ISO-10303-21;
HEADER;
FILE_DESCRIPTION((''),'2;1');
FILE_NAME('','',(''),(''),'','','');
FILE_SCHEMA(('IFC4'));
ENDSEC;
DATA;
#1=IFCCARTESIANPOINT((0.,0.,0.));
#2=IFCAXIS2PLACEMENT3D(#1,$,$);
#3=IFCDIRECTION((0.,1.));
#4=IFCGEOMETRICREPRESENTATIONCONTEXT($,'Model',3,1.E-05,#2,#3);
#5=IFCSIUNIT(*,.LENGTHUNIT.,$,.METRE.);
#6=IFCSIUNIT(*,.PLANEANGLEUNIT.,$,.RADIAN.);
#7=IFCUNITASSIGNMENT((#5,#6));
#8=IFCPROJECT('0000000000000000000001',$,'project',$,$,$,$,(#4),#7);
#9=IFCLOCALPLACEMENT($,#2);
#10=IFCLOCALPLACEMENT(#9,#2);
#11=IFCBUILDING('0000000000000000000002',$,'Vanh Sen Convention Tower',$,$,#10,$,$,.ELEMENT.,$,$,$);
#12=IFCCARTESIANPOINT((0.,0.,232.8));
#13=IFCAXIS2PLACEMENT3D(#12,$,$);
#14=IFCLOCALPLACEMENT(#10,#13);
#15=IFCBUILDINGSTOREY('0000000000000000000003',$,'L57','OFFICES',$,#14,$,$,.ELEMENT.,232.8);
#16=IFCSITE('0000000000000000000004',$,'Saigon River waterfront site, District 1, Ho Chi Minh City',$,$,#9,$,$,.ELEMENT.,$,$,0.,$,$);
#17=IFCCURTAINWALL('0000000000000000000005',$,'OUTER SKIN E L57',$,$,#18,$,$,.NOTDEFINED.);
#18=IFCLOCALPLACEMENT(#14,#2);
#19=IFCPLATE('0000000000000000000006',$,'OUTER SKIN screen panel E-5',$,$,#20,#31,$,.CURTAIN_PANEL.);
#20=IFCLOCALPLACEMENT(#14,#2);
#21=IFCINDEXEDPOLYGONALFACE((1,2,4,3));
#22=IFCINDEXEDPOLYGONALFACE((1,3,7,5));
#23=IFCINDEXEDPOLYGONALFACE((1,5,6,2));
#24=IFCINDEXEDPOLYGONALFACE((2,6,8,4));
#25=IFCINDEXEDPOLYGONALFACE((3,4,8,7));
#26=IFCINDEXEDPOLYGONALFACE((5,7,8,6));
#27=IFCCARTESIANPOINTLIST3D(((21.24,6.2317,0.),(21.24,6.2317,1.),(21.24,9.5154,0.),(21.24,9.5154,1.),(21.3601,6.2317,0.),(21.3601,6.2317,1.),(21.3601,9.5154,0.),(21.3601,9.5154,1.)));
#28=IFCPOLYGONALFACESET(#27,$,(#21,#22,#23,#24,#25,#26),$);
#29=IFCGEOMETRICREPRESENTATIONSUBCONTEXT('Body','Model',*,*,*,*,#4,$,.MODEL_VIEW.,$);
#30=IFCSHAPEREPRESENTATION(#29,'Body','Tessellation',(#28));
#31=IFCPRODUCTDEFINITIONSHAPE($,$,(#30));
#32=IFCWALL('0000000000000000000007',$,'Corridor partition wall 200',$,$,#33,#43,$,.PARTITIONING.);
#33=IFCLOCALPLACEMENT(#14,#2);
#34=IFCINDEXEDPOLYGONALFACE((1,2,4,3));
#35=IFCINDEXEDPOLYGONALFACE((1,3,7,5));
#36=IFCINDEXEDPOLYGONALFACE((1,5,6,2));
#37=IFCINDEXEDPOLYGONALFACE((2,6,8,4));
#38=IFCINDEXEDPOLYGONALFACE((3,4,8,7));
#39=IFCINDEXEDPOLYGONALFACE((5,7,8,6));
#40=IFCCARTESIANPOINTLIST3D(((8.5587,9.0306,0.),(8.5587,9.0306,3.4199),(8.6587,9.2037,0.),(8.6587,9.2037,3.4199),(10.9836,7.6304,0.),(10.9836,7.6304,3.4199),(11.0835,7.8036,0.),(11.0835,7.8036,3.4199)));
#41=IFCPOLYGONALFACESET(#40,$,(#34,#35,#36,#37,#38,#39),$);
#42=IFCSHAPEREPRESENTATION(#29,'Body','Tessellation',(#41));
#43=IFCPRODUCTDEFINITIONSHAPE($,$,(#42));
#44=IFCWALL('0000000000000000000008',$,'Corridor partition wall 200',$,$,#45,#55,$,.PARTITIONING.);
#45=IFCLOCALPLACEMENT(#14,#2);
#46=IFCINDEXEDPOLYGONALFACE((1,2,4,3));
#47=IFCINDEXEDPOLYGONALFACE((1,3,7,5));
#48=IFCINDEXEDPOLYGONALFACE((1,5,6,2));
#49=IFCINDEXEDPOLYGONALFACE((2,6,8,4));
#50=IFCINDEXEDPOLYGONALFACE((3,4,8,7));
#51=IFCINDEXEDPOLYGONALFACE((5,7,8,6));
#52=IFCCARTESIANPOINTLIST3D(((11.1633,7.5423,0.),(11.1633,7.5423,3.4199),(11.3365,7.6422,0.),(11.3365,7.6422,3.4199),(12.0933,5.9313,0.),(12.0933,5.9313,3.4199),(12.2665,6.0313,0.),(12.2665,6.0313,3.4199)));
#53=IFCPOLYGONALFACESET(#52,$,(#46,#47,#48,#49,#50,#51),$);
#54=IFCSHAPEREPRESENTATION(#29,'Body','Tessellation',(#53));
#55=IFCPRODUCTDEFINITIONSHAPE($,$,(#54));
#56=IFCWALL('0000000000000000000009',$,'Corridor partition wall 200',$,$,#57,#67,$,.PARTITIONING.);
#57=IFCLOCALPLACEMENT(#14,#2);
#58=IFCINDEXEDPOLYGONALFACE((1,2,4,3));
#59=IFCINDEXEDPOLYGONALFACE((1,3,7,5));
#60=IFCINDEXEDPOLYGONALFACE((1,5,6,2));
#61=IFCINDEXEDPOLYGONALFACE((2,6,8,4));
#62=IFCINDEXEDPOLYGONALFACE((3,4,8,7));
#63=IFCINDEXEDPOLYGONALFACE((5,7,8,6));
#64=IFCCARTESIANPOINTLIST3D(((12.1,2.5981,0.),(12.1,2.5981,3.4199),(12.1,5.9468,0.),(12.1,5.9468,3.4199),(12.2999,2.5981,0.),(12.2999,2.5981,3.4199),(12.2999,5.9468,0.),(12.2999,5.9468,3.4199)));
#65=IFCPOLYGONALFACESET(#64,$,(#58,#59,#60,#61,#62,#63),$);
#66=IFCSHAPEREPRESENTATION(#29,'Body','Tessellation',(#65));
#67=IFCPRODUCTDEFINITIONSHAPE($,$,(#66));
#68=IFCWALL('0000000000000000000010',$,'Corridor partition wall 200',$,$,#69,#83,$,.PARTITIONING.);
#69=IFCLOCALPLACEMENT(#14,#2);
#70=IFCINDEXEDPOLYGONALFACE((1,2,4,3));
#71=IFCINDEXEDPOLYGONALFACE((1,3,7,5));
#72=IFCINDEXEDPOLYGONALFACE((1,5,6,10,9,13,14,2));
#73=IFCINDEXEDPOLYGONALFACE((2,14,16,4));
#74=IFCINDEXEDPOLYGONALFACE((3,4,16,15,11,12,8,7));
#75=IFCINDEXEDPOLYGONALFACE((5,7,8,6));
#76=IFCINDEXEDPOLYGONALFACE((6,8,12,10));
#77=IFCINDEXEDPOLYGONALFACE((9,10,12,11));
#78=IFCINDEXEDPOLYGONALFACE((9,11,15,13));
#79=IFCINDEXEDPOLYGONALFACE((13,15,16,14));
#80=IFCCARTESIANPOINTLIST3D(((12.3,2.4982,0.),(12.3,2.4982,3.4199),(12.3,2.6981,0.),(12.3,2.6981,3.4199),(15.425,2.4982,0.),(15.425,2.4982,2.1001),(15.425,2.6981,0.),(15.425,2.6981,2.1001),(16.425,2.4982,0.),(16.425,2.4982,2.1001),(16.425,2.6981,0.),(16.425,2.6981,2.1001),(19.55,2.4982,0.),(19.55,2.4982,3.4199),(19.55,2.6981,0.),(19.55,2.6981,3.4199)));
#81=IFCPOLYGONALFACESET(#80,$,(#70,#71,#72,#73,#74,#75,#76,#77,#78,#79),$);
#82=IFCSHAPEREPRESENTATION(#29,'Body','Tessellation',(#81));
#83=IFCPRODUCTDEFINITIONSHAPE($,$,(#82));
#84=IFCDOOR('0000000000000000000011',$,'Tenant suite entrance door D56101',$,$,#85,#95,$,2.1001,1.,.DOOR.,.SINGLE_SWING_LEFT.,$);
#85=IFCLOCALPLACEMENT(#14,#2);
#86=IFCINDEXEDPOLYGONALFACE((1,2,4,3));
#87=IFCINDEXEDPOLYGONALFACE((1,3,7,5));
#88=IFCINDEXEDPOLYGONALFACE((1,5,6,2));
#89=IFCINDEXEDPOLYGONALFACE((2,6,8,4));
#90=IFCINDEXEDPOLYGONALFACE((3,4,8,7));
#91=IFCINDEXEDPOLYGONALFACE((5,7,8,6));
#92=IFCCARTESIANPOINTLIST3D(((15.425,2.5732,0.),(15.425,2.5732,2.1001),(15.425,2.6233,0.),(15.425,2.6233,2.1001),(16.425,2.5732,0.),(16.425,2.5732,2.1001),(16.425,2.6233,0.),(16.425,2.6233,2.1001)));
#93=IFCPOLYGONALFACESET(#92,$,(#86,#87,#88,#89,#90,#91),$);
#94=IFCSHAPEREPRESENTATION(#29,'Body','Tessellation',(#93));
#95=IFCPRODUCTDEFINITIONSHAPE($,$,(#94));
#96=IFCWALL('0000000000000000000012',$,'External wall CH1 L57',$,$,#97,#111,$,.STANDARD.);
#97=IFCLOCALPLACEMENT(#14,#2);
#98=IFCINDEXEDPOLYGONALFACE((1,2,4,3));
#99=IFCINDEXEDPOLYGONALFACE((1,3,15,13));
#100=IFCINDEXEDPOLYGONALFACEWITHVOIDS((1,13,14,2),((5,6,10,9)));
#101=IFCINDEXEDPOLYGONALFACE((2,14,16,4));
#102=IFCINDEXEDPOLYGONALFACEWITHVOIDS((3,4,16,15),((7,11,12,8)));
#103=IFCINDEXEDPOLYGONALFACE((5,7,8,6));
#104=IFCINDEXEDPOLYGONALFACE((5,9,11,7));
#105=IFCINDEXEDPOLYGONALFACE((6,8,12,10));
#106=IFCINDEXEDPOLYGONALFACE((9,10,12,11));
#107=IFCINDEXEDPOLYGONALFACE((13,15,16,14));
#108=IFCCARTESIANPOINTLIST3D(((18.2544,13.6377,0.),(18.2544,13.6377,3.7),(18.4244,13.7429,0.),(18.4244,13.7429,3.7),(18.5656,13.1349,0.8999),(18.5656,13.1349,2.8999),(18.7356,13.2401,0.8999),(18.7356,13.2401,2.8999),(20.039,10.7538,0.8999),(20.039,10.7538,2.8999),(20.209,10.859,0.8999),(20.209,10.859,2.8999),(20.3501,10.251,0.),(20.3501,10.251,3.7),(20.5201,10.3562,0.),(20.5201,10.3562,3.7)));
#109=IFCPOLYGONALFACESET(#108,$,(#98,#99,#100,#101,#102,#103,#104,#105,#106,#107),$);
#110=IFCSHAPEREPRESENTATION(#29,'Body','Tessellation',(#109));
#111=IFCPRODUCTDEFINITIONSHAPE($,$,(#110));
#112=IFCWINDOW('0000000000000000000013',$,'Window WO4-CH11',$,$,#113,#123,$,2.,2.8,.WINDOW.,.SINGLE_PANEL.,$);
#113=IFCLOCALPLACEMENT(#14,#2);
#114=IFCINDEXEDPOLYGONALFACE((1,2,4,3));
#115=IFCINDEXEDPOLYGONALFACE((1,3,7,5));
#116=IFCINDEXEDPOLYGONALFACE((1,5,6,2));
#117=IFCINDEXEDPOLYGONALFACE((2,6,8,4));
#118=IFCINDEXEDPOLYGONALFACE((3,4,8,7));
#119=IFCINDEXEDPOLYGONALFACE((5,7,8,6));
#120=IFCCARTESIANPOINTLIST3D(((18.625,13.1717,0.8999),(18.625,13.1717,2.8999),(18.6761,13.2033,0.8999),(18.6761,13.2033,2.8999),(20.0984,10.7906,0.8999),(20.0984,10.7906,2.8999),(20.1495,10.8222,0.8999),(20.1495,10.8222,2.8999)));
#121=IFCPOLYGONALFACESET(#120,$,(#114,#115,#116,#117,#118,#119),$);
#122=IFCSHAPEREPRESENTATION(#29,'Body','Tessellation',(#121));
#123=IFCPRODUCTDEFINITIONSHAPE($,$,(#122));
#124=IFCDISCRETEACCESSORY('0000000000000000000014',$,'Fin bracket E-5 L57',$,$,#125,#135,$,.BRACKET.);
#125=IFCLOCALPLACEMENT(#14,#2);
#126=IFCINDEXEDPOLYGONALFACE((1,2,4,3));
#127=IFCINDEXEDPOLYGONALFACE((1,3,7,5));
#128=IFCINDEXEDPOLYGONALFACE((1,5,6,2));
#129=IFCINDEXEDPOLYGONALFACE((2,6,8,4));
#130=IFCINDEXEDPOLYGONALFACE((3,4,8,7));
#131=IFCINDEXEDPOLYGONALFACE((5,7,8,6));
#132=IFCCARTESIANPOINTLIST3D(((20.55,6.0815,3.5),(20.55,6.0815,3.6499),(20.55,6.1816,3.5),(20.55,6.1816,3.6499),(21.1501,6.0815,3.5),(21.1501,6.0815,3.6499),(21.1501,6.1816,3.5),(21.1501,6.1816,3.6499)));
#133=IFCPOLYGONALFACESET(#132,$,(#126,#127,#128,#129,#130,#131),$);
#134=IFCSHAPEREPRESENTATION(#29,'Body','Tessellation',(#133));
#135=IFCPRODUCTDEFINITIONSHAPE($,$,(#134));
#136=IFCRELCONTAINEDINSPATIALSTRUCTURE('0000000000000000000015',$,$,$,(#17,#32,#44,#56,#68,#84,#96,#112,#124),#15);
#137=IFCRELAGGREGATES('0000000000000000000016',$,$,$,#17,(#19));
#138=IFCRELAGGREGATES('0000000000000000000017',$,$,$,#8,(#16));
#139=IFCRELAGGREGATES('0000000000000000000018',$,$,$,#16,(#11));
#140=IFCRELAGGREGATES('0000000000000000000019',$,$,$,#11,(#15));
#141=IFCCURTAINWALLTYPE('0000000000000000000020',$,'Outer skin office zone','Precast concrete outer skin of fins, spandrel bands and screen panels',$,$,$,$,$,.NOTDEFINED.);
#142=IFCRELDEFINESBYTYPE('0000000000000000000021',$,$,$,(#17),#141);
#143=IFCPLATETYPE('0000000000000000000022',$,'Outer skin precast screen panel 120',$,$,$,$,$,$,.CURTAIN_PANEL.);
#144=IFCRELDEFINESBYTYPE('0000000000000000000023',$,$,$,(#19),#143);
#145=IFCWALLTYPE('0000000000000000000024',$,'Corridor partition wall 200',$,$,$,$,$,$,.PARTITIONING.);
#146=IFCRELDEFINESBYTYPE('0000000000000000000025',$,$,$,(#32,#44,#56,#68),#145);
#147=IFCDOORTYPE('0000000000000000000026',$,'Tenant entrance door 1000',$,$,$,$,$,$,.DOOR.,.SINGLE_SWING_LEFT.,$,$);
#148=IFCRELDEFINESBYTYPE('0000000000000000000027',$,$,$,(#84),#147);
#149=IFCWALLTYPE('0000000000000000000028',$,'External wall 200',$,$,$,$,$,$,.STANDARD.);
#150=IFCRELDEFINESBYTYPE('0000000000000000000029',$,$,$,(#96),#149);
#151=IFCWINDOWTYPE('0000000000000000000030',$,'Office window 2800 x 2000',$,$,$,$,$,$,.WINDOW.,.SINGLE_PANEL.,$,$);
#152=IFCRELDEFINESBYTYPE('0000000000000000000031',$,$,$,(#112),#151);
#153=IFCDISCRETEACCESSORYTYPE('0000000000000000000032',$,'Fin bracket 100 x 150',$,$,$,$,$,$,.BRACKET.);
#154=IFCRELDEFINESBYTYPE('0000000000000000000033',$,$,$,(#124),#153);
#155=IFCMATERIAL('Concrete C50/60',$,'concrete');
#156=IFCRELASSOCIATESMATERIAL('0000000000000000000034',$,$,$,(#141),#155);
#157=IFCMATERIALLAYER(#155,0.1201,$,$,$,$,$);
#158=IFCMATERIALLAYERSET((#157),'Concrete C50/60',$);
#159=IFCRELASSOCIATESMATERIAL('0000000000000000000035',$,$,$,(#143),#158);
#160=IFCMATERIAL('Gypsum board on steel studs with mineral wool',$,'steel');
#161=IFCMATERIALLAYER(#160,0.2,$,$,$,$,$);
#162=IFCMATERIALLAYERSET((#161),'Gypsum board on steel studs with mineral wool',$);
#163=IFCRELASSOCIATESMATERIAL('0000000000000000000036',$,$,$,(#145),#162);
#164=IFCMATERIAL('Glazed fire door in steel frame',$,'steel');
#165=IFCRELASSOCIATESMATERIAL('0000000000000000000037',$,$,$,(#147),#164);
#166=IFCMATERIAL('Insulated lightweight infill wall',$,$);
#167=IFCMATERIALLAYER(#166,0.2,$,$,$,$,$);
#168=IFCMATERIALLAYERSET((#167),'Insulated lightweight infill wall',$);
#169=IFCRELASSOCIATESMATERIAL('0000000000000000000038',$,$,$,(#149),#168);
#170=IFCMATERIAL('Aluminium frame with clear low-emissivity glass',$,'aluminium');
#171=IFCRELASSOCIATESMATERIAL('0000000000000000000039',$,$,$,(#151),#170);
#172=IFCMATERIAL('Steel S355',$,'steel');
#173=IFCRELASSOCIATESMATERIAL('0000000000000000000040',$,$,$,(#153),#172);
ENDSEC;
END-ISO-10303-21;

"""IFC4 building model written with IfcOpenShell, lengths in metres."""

from ifc_helpers import new_model, si_unit, direction, frame, frame_2d, origin, origin_2d, place, context, subcontext, project, spatial, rectangle, extrude, material, layer, layer_set, type_object, element, fill, aggregate, save


model = new_model("IFC4")

# Units and contexts
model_context = context("Model", 3, precision=1e-05, world=origin(), true_north=direction((0.0, 1.0)))
body_context = subcontext(model_context, "Body", "Model", "MODEL_VIEW")
ifc_project = project(units=[si_unit("LENGTHUNIT", "METRE"), si_unit("PLANEANGLEUNIT", "RADIAN")], contexts=[model_context])

# Site, building, storey
site_placement = place(None, origin())
site = spatial("IfcSite", under=ifc_project, at=site_placement, Name="Saigon River waterfront site, District 1, Ho Chi Minh City", CompositionType="ELEMENT", RefElevation=0.0)
building_placement = place(site_placement, origin())
building = spatial("IfcBuilding", under=site, at=building_placement, Name="Vanh Sen Convention Tower", CompositionType="ELEMENT")
storey_placement = place(building_placement, frame((0.0, 0.0, 232.8)))
storey = spatial("IfcBuildingStorey", under=building, at=storey_placement, Name="L57", Description="OFFICES", CompositionType="ELEMENT", Elevation=232.8)

# Curtain wall
ifc_material_1 = material(Name="Concrete C50/60", Category="concrete")
curtain_wall_type = type_object("IfcCurtainWallType", Name="Outer skin office zone", Description="Precast concrete outer skin of fins, spandrel bands and screen panels", PredefinedType="NOTDEFINED", material=ifc_material_1)
curtain_wall_1_placement = place(storey_placement, origin())
curtain_wall_1 = element("IfcCurtainWall", 1, at=curtain_wall_1_placement, inside=storey, type_object=curtain_wall_type, Name="OUTER SKIN E L57", PredefinedType="NOTDEFINED")

# Plate
ifc_layer_1 = layer(ifc_material_1, 0.1201)
ifc_layer_set_1 = layer_set([ifc_layer_1], Name="Concrete C50/60")
plate_type = type_object("IfcPlateType", Name="Outer skin precast screen panel 120", PredefinedType="CURTAIN_PANEL", material=ifc_layer_set_1)
plate_1_placement = place(storey_placement, frame((21.3, 7.8735, 0.0), z_axis=(0.0, 0.0, 1.0), x_axis=(0.0, 1.0, 0.0)))
plate_1 = element("IfcPlate", 2, at=plate_1_placement, type_object=plate_type, Name="OUTER SKIN screen panel E-5", PredefinedType="CURTAIN_PANEL", context=body_context, shape_type="SweptSolid", body=[
    extrude(rectangle(XDim=3.2837, YDim=0.1201, at=origin_2d()), origin(), (0.0, 0.0, 1.0), 1.0),
])
aggregate(curtain_wall_1, [plate_1])

# Walls
ifc_material_2 = material(Name="Gypsum board on steel studs with mineral wool", Category="steel")
ifc_layer_2 = layer(ifc_material_2, 0.2)
ifc_layer_set_2 = layer_set([ifc_layer_2], Name="Gypsum board on steel studs with mineral wool")
wall_type_1 = type_object("IfcWallType", Name="Corridor partition wall 200", PredefinedType="PARTITIONING", material=ifc_layer_set_2)
wall_1_placement = place(storey_placement, frame((11.0334, 7.717, 0.0), z_axis=(0.0, 0.0, 1.0), x_axis=(-0.865997, 0.50005, 0.0)))
element("IfcWall", 3, at=wall_1_placement, inside=storey, type_object=wall_type_1, Name="Corridor partition wall 200", PredefinedType="PARTITIONING", context=body_context, shape_type="SweptSolid", body=[
    extrude(rectangle(XDim=2.8, YDim=0.2, at=frame_2d((1.3999, 0.0))), origin(), (0.0, 0.0, 1.0), 3.4199),
])
wall_2_placement = place(storey_placement, frame((12.1799, 5.9812, 0.0), z_axis=(0.0, 0.0, 1.0), x_axis=(-0.499965, 0.866046, 0.0)))
element("IfcWall", 4, at=wall_2_placement, inside=storey, type_object=wall_type_1, Name="Corridor partition wall 200", PredefinedType="PARTITIONING", context=body_context, shape_type="SweptSolid", body=[
    extrude(rectangle(XDim=1.8601, YDim=0.2, at=frame_2d((0.9302, 0.0))), origin(), (0.0, 0.0, 1.0), 3.4199),
])
wall_3_placement = place(storey_placement, frame((12.2, 2.5981, 0.0), z_axis=(0.0, 0.0, 1.0), x_axis=(0.0, 1.0, 0.0)))
element("IfcWall", 5, at=wall_3_placement, inside=storey, type_object=wall_type_1, Name="Corridor partition wall 200", PredefinedType="PARTITIONING", context=body_context, shape_type="SweptSolid", body=[
    extrude(rectangle(XDim=3.3486, YDim=0.2, at=frame_2d((1.6743, 0.0))), origin(), (0.0, 0.0, 1.0), 3.4199),
])

# Wall, opening, door
wall_4_placement = place(storey_placement, frame((19.55, 2.5981, 0.0), z_axis=(0.0, 0.0, 1.0), x_axis=(-1.0, 0.0, 0.0)))
wall_4 = element("IfcWall", 6, at=wall_4_placement, inside=storey, type_object=wall_type_1, Name="Corridor partition wall 200", PredefinedType="PARTITIONING", context=body_context, shape_type="SweptSolid", body=[
    extrude(rectangle(XDim=7.25, YDim=0.2, at=frame_2d((3.625, 0.0))), origin(), (0.0, 0.0, 1.0), 3.4199),
])
opening_1_placement = place(wall_4_placement, frame((3.125, 0.0, 0.0)))
opening_1 = element("IfcOpeningElement", 7, at=opening_1_placement, cuts=wall_4, PredefinedType="OPENING", context=body_context, shape_type="SweptSolid", body=[
    extrude(rectangle(XDim=1.0, YDim=2.1001, at=frame_2d((0.5, 1.05))), frame((0.0, 0.1099, 0.0), z_axis=(0.0, -1.0, 0.0), x_axis=(1.0, 0.0, 0.0)), (0.0, 0.0, 1.0), 0.22),
])
ifc_material_3 = material(Name="Glazed fire door in steel frame", Category="steel")
door_type = type_object("IfcDoorType", Name="Tenant entrance door 1000", OperationType="SINGLE_SWING_LEFT", PredefinedType="DOOR", material=ifc_material_3)
door_placement = place(opening_1_placement, origin())
door = element("IfcDoor", 8, at=door_placement, inside=storey, type_object=door_type, Name="Tenant suite entrance door D56101", OperationType="SINGLE_SWING_LEFT", OverallHeight=2.1001, OverallWidth=1.0, PredefinedType="DOOR", context=body_context, shape_type="SweptSolid", body=[
    extrude(rectangle(XDim=1.0, YDim=2.1001, at=frame_2d((0.5, 1.05))), frame((0.0, 0.0249, 0.0), z_axis=(0.0, -1.0, 0.0), x_axis=(1.0, 0.0, 0.0)), (0.0, 0.0, 1.0), 0.05),
])
fill(opening_1, door)

# Wall, opening, window
ifc_material_4 = material(Name="Insulated lightweight infill wall")
ifc_layer_3 = layer(ifc_material_4, 0.2)
ifc_layer_set_3 = layer_set([ifc_layer_3], Name="Insulated lightweight infill wall")
wall_type_2 = type_object("IfcWallType", Name="External wall 200", PredefinedType="STANDARD", material=ifc_layer_set_3)
wall_5_placement = place(storey_placement, frame((20.4351, 10.3037, 0.0), z_axis=(0.0, 0.0, 1.0), x_axis=(-0.526203, 0.850359, 0.0)))
wall_5 = element("IfcWall", 9, at=wall_5_placement, inside=storey, type_object=wall_type_2, Name="External wall CH1 L57", PredefinedType="STANDARD", context=body_context, shape_type="SweptSolid", body=[
    extrude(rectangle(XDim=3.9827, YDim=0.2, at=frame_2d((1.9912, 0.0))), origin(), (0.0, 0.0, 1.0), 3.7),
])
opening_2_placement = place(wall_5_placement, frame((0.5913, 0.0, 0.8999)))
opening_2 = element("IfcOpeningElement", 10, at=opening_2_placement, cuts=wall_5, PredefinedType="OPENING", context=body_context, shape_type="SweptSolid", body=[
    extrude(rectangle(XDim=2.8, YDim=2.0, at=frame_2d((1.3999, 1.0))), frame((0.0, 0.1099, 0.0), z_axis=(0.0, -1.0, 0.0), x_axis=(1.0, 0.0, 0.0)), (0.0, 0.0, 1.0), 0.22),
])
ifc_material_5 = material(Name="Aluminium frame with clear low-emissivity glass", Category="aluminium")
window_type = type_object("IfcWindowType", Name="Office window 2800 x 2000", PartitioningType="SINGLE_PANEL", PredefinedType="WINDOW", material=ifc_material_5)
window_placement = place(opening_2_placement, origin())
window = element("IfcWindow", 11, at=window_placement, inside=storey, type_object=window_type, Name="Window WO4-CH11", OverallHeight=2.0, OverallWidth=2.8, PartitioningType="SINGLE_PANEL", PredefinedType="WINDOW", context=body_context, shape_type="SweptSolid", body=[
    extrude(rectangle(XDim=2.8, YDim=2.0, at=frame_2d((1.3999, 1.0))), frame((0.0, 0.03, 0.0), z_axis=(0.0, -1.0, 0.0), x_axis=(1.0, 0.0, 0.0)), (0.0, 0.0, 1.0), 0.0601),
])
fill(opening_2, window)

# Discrete accessory
ifc_material_6 = material(Name="Steel S355", Category="steel")
discrete_accessory_type = type_object("IfcDiscreteAccessoryType", Name="Fin bracket 100 x 150", PredefinedType="BRACKET", material=ifc_material_6)
discrete_accessory_placement = place(storey_placement, frame((20.8501, 6.1316, 3.5), z_axis=(0.0, 0.0, 1.0), x_axis=(1.0, 0.0, 0.0)))
element("IfcDiscreteAccessory", 12, at=discrete_accessory_placement, inside=storey, type_object=discrete_accessory_type, Name="Fin bracket E-5 L57", PredefinedType="BRACKET", context=body_context, shape_type="SweptSolid", body=[
    extrude(rectangle(XDim=0.6001, YDim=0.1001, at=origin_2d()), origin(), (0.0, 0.0, 1.0), 0.1499),
])

save(model, "model.ifc")
